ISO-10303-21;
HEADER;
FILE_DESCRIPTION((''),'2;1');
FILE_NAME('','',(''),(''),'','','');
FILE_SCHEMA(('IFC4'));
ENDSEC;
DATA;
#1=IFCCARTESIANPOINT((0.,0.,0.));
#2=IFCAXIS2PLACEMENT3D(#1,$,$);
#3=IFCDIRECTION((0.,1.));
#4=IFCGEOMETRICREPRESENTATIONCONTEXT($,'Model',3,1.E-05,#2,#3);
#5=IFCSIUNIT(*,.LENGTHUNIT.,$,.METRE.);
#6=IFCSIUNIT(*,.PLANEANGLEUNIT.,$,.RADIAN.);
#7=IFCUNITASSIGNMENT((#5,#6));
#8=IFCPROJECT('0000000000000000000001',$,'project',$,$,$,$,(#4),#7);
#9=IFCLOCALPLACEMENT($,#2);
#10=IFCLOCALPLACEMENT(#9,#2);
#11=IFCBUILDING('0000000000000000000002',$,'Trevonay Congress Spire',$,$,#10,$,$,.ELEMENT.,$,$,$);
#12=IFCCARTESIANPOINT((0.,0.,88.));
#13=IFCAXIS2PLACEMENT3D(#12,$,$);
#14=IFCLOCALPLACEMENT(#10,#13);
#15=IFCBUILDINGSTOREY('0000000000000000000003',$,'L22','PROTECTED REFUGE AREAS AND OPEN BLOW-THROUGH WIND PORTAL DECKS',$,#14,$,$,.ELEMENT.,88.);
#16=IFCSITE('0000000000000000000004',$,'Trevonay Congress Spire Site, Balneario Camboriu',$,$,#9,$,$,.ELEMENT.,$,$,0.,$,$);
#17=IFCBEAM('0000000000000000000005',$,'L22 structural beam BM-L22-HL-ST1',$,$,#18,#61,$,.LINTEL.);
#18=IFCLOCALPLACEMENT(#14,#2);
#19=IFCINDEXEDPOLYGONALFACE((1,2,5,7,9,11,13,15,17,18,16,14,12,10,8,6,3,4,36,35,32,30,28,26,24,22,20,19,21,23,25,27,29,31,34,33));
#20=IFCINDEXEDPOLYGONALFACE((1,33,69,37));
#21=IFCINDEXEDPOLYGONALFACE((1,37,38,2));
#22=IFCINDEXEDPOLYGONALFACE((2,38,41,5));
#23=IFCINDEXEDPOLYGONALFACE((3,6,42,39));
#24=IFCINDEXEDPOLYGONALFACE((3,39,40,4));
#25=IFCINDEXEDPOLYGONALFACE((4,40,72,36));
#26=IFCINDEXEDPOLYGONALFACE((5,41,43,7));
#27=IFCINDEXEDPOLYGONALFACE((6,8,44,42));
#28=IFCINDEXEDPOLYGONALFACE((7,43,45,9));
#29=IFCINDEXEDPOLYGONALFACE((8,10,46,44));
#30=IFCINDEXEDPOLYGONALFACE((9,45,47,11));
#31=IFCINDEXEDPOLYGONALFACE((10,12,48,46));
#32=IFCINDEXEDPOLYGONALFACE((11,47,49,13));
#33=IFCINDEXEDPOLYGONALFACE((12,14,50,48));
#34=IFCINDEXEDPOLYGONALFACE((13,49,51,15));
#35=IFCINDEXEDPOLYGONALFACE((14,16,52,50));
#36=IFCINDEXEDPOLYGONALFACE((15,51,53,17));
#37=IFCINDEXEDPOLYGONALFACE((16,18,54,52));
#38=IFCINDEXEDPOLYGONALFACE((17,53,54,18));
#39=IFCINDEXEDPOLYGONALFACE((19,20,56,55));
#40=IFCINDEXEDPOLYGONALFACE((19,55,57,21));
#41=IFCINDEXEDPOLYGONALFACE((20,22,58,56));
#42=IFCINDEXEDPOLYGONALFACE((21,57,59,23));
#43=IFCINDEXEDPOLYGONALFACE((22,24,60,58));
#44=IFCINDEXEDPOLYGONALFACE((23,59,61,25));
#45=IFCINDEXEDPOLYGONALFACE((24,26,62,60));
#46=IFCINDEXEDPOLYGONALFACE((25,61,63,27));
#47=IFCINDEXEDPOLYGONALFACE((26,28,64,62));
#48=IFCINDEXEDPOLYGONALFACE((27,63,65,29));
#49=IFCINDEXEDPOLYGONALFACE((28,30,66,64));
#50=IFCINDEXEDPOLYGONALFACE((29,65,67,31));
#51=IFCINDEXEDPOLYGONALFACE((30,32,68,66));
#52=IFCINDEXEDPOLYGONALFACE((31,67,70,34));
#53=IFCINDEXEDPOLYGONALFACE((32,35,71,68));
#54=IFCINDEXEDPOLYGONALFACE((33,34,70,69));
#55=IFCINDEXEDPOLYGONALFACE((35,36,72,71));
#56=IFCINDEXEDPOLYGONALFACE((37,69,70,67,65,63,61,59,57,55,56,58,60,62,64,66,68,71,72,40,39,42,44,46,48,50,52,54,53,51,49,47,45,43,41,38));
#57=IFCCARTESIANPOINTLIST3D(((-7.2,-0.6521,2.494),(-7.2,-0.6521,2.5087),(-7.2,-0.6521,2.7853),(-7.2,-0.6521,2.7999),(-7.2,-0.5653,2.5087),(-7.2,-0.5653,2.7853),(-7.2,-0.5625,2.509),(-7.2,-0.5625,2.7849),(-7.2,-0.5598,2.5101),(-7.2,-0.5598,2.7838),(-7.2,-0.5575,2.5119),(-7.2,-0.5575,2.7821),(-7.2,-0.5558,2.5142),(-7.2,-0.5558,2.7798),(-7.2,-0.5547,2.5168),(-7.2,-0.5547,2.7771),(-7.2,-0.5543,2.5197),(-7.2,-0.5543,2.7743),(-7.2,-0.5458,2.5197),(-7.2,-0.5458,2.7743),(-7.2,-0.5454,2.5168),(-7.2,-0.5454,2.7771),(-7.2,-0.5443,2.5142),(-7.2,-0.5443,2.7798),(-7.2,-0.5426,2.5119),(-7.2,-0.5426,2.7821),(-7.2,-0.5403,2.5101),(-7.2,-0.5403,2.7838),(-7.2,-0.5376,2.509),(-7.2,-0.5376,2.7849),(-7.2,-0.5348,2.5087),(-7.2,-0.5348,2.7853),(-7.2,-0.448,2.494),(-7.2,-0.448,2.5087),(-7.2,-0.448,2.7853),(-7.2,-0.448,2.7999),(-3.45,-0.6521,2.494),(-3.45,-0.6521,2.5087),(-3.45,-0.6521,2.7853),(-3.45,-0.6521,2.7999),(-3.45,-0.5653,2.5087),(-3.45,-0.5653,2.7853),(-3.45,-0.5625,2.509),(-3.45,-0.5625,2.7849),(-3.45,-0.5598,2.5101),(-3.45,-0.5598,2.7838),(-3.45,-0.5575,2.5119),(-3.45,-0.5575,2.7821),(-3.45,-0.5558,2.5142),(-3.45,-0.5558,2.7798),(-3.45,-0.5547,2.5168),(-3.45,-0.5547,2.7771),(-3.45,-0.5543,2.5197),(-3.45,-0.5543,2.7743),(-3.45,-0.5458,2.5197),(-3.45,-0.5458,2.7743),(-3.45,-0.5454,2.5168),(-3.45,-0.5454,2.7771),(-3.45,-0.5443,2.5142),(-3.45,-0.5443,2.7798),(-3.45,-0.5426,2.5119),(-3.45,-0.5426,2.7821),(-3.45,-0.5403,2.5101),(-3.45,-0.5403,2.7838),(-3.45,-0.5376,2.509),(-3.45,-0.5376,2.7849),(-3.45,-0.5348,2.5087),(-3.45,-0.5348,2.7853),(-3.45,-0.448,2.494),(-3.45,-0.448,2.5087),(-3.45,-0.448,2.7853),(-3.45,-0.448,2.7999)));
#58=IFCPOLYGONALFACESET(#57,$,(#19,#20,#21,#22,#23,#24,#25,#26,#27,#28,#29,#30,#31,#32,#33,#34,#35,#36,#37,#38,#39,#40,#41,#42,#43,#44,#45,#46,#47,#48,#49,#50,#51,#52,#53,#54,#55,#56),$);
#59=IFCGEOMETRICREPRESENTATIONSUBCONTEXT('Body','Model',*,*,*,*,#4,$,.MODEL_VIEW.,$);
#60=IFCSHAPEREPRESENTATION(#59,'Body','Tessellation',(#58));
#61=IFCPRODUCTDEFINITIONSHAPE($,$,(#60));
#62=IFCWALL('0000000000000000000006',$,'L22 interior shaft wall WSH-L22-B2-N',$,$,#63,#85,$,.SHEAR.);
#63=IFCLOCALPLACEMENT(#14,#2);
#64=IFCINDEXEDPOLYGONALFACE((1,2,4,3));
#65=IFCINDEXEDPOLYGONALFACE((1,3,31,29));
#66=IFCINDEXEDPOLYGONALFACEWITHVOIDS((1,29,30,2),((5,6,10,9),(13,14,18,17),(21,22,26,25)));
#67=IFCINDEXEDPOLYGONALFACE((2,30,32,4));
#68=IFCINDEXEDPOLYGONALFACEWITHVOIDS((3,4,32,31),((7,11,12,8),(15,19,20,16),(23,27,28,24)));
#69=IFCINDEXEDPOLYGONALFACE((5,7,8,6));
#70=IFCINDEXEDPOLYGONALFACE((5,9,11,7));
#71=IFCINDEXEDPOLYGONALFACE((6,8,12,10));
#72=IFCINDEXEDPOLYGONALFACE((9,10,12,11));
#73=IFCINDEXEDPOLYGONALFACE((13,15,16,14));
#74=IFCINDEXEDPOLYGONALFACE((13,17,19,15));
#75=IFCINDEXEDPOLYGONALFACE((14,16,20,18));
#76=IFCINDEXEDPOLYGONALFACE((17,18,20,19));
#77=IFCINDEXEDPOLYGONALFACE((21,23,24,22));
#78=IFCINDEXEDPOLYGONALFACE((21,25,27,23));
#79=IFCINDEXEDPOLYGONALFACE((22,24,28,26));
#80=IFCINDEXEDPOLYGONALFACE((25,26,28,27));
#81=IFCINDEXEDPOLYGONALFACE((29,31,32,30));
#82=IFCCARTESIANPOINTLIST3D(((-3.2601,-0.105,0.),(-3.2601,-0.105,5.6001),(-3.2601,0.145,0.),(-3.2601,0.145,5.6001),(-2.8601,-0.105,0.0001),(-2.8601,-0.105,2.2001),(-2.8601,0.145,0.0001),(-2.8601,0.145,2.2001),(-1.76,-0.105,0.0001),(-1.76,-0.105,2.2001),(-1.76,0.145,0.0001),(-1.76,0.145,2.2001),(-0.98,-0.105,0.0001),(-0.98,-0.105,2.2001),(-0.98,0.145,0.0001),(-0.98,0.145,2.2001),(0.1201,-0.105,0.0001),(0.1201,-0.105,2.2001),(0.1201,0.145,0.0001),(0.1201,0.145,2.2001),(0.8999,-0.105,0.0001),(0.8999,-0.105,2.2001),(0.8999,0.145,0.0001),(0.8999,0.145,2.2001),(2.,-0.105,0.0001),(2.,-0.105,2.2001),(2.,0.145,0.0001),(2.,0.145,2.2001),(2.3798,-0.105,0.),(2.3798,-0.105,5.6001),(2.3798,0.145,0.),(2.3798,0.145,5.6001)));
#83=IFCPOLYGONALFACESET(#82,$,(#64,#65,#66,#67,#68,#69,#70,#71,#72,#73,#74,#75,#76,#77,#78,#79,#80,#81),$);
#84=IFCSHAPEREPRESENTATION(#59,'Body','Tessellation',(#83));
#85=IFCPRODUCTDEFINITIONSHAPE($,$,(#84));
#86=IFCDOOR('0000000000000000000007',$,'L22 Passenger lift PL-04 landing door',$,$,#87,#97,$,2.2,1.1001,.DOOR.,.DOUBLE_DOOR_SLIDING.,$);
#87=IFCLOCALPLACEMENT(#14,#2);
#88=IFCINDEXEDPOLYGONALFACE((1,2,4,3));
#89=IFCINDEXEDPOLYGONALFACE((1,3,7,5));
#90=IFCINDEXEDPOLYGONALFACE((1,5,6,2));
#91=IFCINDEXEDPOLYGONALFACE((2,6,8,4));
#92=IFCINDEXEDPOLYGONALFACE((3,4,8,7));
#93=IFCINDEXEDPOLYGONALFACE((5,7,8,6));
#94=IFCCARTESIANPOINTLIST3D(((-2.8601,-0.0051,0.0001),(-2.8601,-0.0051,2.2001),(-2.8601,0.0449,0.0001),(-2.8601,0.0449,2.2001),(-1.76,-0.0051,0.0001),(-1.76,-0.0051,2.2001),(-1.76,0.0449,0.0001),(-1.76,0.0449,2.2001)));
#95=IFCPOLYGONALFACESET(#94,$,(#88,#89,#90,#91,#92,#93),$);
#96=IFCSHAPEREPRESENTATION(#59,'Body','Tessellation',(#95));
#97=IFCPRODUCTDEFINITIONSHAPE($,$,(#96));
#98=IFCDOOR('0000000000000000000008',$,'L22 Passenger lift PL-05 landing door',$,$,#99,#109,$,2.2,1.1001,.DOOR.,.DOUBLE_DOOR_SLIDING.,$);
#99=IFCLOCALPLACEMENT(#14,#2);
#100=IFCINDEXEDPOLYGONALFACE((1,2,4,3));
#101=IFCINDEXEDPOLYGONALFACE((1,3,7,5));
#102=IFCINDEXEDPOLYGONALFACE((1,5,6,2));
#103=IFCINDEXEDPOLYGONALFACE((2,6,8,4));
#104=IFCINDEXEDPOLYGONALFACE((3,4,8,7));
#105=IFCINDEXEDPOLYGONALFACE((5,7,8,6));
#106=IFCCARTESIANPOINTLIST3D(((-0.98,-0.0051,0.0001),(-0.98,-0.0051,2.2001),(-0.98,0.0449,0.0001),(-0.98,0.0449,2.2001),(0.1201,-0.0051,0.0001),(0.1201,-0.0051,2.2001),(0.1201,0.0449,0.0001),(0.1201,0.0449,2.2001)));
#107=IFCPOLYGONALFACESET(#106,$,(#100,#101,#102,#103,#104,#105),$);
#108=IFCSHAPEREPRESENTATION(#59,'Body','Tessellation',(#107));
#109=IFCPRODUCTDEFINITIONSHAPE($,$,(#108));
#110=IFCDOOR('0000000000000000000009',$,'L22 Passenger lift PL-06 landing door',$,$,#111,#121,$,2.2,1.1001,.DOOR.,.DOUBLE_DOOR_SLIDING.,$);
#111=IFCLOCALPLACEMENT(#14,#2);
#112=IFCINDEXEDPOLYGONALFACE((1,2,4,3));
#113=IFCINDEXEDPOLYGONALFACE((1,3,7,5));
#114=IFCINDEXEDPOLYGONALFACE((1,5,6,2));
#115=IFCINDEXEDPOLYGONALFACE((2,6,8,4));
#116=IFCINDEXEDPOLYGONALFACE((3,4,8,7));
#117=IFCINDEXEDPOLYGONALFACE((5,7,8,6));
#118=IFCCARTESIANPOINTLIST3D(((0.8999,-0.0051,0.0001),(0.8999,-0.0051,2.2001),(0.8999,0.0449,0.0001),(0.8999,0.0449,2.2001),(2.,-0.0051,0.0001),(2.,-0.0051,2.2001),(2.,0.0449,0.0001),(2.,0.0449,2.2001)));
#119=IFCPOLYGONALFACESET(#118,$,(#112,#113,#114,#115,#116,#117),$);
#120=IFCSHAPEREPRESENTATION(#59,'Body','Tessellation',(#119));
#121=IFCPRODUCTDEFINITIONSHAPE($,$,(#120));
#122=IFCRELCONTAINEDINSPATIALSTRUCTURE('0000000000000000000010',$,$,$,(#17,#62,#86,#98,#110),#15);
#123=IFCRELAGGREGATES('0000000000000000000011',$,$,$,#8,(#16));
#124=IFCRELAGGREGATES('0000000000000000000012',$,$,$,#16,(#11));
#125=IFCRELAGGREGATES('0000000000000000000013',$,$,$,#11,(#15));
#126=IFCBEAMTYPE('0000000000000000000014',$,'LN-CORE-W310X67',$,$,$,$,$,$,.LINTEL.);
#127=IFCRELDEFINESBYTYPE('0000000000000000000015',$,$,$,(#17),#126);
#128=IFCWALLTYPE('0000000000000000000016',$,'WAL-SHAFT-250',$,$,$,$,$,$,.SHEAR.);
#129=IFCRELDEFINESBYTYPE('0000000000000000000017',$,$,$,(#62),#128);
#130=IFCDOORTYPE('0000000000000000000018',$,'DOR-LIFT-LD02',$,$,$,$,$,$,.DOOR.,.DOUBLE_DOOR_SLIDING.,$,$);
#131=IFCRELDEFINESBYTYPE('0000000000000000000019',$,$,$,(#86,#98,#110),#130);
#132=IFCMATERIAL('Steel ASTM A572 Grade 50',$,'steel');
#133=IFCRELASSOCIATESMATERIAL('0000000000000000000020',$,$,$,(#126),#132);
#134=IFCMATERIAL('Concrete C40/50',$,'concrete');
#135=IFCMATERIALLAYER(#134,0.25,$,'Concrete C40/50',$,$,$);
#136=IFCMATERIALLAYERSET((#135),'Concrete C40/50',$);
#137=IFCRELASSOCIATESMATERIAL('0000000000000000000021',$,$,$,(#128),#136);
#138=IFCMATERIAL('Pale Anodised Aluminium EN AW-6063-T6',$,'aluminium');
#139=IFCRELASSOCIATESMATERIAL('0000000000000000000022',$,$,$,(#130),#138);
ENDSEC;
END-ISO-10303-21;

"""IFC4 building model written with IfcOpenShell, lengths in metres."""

from ifc_helpers import new_model, si_unit, direction, frame, frame_2d, origin, origin_2d, place, context, subcontext, project, spatial, rectangle, i_section, extrude, material, layer, layer_set, material_profile, profile_set, type_object, element, fill, save


model = new_model("IFC4")

# Units and contexts
model_context = context("Model", 3, precision=1e-05, world=origin(), true_north=direction((0.0, 1.0)))
body_context = subcontext(model_context, "Body", "Model", "MODEL_VIEW")
ifc_project = project(units=[si_unit("LENGTHUNIT", "METRE"), si_unit("PLANEANGLEUNIT", "RADIAN")], contexts=[model_context])

# Site, building, storey
site_placement = place(None, origin())
site = spatial("IfcSite", under=ifc_project, at=site_placement, Name="Trevonay Congress Spire Site, Balneario Camboriu", CompositionType="ELEMENT", RefElevation=0.0)
building_placement = place(site_placement, origin())
building = spatial("IfcBuilding", under=site, at=building_placement, Name="Trevonay Congress Spire", CompositionType="ELEMENT")
storey_placement = place(building_placement, frame((0.0, 0.0, 88.0)))
storey = spatial("IfcBuildingStorey", under=building, at=storey_placement, Name="L22", Description="PROTECTED REFUGE AREAS AND OPEN BLOW-THROUGH WIND PORTAL DECKS", CompositionType="ELEMENT", Elevation=88.0)

# Shared definitions
ifc_material_1 = material(Name="Steel ASTM A572 Grade 50", Category="steel")

# Beam
ifc_material_profile_1 = material_profile(ifc_material_1, i_section(OverallWidth=0.2041, OverallDepth=0.3059, WebThickness=0.0085, FlangeThickness=0.0146, FilletRadius=0.011, at=origin_2d()), Name="W310x67")
ifc_profile_set_1 = profile_set([ifc_material_profile_1], Name="Steel ASTM A572 Grade 50")
beam_type_1 = type_object("IfcBeamType", Name="LN-CORE-W310X67", PredefinedType="LINTEL", material=ifc_profile_set_1)
beam_1_placement = place(storey_placement, frame((-7.2, -0.55, 2.647), z_axis=(1.0, 0.0, 0.0), x_axis=(0.0, 1.0, 0.0)))
element("IfcBeam", 1, at=beam_1_placement, inside=storey, type_object=beam_type_1, Name="L22 structural beam BM-L22-HL-ST1", PredefinedType="LINTEL", context=body_context, shape_type="SweptSolid", body=[
    extrude(i_section(OverallWidth=0.2041, OverallDepth=0.3059, WebThickness=0.0085, FlangeThickness=0.0146, FilletRadius=0.011, at=origin_2d()), origin(), (0.0, 0.0, 1.0), 3.75),
])

# Wall, openings, doors
ifc_material_2 = material(Name="Concrete C40/50", Category="concrete")
ifc_layer_1 = layer(ifc_material_2, 0.25, Name="Concrete C40/50")
ifc_layer_set_1 = layer_set([ifc_layer_1], Name="Concrete C40/50")
wall_type_1 = type_object("IfcWallType", Name="WAL-SHAFT-250", PredefinedType="SHEAR", material=ifc_layer_set_1)
wall_1_placement = place(storey_placement, frame((-3.26, 0.02, 0.0), z_axis=(0.0, 0.0, 1.0), x_axis=(1.0, 0.0, 0.0)))
wall_1 = element("IfcWall", 2, at=wall_1_placement, inside=storey, type_object=wall_type_1, Name="L22 interior shaft wall WSH-L22-B2-N", PredefinedType="SHEAR", context=body_context, shape_type="SweptSolid", body=[
    extrude(rectangle(XDim=5.6399, YDim=0.25, at=frame_2d((2.8198, 0.0))), origin(), (0.0, 0.0, 1.0), 5.6001),
])
opening_1_placement = place(wall_1_placement, frame((0.3999, 0.0, 0.0)))
opening_1 = element("IfcOpeningElement", 3, at=opening_1_placement, cuts=wall_1, PredefinedType="OPENING", context=body_context, shape_type="SweptSolid", body=[
    extrude(rectangle(XDim=1.1001, YDim=2.2, at=frame_2d((0.55, 1.1001))), frame((0.0, 0.135, 0.0), z_axis=(0.0, -1.0, 0.0), x_axis=(1.0, 0.0, 0.0)), (0.0, 0.0, 1.0), 0.27),
])
opening_2_placement = place(wall_1_placement, frame((2.28, 0.0, 0.0)))
opening_2 = element("IfcOpeningElement", 4, at=opening_2_placement, cuts=wall_1, PredefinedType="OPENING", context=body_context, shape_type="SweptSolid", body=[
    extrude(rectangle(XDim=1.1001, YDim=2.2, at=frame_2d((0.55, 1.1001))), frame((0.0, 0.135, 0.0), z_axis=(0.0, -1.0, 0.0), x_axis=(1.0, 0.0, 0.0)), (0.0, 0.0, 1.0), 0.27),
])
opening_3_placement = place(wall_1_placement, frame((4.1599, 0.0, 0.0)))
opening_3 = element("IfcOpeningElement", 5, at=opening_3_placement, cuts=wall_1, PredefinedType="OPENING", context=body_context, shape_type="SweptSolid", body=[
    extrude(rectangle(XDim=1.1001, YDim=2.2, at=frame_2d((0.55, 1.1001))), frame((0.0, 0.135, 0.0), z_axis=(0.0, -1.0, 0.0), x_axis=(1.0, 0.0, 0.0)), (0.0, 0.0, 1.0), 0.27),
])
ifc_material_3 = material(Name="Pale Anodised Aluminium EN AW-6063-T6", Category="aluminium")
door_type_1 = type_object("IfcDoorType", Name="DOR-LIFT-LD02", OperationType="DOUBLE_DOOR_SLIDING", PredefinedType="DOOR", material=ifc_material_3)
door_1_placement = place(opening_1_placement, origin())
door_1 = element("IfcDoor", 6, at=door_1_placement, inside=storey, type_object=door_type_1, Name="L22 Passenger lift PL-04 landing door", OperationType="DOUBLE_DOOR_SLIDING", OverallHeight=2.2, OverallWidth=1.1001, PredefinedType="DOOR", context=body_context, shape_type="SweptSolid", body=[
    extrude(rectangle(XDim=1.1001, YDim=2.2, at=frame_2d((0.55, 1.1001))), frame((0.0, 0.0249, 0.0), z_axis=(0.0, -1.0, 0.0), x_axis=(1.0, 0.0, 0.0)), (0.0, 0.0, 1.0), 0.05),
])
fill(opening_1, door_1)
door_2_placement = place(opening_2_placement, origin())
door_2 = element("IfcDoor", 7, at=door_2_placement, inside=storey, type_object=door_type_1, Name="L22 Passenger lift PL-05 landing door", OperationType="DOUBLE_DOOR_SLIDING", OverallHeight=2.2, OverallWidth=1.1001, PredefinedType="DOOR", context=body_context, shape_type="SweptSolid", body=[
    extrude(rectangle(XDim=1.1001, YDim=2.2, at=frame_2d((0.55, 1.1001))), frame((0.0, 0.0249, 0.0), z_axis=(0.0, -1.0, 0.0), x_axis=(1.0, 0.0, 0.0)), (0.0, 0.0, 1.0), 0.05),
])
fill(opening_2, door_2)
door_3_placement = place(opening_3_placement, origin())
door_3 = element("IfcDoor", 8, at=door_3_placement, inside=storey, type_object=door_type_1, Name="L22 Passenger lift PL-06 landing door", OperationType="DOUBLE_DOOR_SLIDING", OverallHeight=2.2, OverallWidth=1.1001, PredefinedType="DOOR", context=body_context, shape_type="SweptSolid", body=[
    extrude(rectangle(XDim=1.1001, YDim=2.2, at=frame_2d((0.55, 1.1001))), frame((0.0, 0.0249, 0.0), z_axis=(0.0, -1.0, 0.0), x_axis=(1.0, 0.0, 0.0)), (0.0, 0.0, 1.0), 0.05),
])
fill(opening_3, door_3)

save(model, "model.ifc")
